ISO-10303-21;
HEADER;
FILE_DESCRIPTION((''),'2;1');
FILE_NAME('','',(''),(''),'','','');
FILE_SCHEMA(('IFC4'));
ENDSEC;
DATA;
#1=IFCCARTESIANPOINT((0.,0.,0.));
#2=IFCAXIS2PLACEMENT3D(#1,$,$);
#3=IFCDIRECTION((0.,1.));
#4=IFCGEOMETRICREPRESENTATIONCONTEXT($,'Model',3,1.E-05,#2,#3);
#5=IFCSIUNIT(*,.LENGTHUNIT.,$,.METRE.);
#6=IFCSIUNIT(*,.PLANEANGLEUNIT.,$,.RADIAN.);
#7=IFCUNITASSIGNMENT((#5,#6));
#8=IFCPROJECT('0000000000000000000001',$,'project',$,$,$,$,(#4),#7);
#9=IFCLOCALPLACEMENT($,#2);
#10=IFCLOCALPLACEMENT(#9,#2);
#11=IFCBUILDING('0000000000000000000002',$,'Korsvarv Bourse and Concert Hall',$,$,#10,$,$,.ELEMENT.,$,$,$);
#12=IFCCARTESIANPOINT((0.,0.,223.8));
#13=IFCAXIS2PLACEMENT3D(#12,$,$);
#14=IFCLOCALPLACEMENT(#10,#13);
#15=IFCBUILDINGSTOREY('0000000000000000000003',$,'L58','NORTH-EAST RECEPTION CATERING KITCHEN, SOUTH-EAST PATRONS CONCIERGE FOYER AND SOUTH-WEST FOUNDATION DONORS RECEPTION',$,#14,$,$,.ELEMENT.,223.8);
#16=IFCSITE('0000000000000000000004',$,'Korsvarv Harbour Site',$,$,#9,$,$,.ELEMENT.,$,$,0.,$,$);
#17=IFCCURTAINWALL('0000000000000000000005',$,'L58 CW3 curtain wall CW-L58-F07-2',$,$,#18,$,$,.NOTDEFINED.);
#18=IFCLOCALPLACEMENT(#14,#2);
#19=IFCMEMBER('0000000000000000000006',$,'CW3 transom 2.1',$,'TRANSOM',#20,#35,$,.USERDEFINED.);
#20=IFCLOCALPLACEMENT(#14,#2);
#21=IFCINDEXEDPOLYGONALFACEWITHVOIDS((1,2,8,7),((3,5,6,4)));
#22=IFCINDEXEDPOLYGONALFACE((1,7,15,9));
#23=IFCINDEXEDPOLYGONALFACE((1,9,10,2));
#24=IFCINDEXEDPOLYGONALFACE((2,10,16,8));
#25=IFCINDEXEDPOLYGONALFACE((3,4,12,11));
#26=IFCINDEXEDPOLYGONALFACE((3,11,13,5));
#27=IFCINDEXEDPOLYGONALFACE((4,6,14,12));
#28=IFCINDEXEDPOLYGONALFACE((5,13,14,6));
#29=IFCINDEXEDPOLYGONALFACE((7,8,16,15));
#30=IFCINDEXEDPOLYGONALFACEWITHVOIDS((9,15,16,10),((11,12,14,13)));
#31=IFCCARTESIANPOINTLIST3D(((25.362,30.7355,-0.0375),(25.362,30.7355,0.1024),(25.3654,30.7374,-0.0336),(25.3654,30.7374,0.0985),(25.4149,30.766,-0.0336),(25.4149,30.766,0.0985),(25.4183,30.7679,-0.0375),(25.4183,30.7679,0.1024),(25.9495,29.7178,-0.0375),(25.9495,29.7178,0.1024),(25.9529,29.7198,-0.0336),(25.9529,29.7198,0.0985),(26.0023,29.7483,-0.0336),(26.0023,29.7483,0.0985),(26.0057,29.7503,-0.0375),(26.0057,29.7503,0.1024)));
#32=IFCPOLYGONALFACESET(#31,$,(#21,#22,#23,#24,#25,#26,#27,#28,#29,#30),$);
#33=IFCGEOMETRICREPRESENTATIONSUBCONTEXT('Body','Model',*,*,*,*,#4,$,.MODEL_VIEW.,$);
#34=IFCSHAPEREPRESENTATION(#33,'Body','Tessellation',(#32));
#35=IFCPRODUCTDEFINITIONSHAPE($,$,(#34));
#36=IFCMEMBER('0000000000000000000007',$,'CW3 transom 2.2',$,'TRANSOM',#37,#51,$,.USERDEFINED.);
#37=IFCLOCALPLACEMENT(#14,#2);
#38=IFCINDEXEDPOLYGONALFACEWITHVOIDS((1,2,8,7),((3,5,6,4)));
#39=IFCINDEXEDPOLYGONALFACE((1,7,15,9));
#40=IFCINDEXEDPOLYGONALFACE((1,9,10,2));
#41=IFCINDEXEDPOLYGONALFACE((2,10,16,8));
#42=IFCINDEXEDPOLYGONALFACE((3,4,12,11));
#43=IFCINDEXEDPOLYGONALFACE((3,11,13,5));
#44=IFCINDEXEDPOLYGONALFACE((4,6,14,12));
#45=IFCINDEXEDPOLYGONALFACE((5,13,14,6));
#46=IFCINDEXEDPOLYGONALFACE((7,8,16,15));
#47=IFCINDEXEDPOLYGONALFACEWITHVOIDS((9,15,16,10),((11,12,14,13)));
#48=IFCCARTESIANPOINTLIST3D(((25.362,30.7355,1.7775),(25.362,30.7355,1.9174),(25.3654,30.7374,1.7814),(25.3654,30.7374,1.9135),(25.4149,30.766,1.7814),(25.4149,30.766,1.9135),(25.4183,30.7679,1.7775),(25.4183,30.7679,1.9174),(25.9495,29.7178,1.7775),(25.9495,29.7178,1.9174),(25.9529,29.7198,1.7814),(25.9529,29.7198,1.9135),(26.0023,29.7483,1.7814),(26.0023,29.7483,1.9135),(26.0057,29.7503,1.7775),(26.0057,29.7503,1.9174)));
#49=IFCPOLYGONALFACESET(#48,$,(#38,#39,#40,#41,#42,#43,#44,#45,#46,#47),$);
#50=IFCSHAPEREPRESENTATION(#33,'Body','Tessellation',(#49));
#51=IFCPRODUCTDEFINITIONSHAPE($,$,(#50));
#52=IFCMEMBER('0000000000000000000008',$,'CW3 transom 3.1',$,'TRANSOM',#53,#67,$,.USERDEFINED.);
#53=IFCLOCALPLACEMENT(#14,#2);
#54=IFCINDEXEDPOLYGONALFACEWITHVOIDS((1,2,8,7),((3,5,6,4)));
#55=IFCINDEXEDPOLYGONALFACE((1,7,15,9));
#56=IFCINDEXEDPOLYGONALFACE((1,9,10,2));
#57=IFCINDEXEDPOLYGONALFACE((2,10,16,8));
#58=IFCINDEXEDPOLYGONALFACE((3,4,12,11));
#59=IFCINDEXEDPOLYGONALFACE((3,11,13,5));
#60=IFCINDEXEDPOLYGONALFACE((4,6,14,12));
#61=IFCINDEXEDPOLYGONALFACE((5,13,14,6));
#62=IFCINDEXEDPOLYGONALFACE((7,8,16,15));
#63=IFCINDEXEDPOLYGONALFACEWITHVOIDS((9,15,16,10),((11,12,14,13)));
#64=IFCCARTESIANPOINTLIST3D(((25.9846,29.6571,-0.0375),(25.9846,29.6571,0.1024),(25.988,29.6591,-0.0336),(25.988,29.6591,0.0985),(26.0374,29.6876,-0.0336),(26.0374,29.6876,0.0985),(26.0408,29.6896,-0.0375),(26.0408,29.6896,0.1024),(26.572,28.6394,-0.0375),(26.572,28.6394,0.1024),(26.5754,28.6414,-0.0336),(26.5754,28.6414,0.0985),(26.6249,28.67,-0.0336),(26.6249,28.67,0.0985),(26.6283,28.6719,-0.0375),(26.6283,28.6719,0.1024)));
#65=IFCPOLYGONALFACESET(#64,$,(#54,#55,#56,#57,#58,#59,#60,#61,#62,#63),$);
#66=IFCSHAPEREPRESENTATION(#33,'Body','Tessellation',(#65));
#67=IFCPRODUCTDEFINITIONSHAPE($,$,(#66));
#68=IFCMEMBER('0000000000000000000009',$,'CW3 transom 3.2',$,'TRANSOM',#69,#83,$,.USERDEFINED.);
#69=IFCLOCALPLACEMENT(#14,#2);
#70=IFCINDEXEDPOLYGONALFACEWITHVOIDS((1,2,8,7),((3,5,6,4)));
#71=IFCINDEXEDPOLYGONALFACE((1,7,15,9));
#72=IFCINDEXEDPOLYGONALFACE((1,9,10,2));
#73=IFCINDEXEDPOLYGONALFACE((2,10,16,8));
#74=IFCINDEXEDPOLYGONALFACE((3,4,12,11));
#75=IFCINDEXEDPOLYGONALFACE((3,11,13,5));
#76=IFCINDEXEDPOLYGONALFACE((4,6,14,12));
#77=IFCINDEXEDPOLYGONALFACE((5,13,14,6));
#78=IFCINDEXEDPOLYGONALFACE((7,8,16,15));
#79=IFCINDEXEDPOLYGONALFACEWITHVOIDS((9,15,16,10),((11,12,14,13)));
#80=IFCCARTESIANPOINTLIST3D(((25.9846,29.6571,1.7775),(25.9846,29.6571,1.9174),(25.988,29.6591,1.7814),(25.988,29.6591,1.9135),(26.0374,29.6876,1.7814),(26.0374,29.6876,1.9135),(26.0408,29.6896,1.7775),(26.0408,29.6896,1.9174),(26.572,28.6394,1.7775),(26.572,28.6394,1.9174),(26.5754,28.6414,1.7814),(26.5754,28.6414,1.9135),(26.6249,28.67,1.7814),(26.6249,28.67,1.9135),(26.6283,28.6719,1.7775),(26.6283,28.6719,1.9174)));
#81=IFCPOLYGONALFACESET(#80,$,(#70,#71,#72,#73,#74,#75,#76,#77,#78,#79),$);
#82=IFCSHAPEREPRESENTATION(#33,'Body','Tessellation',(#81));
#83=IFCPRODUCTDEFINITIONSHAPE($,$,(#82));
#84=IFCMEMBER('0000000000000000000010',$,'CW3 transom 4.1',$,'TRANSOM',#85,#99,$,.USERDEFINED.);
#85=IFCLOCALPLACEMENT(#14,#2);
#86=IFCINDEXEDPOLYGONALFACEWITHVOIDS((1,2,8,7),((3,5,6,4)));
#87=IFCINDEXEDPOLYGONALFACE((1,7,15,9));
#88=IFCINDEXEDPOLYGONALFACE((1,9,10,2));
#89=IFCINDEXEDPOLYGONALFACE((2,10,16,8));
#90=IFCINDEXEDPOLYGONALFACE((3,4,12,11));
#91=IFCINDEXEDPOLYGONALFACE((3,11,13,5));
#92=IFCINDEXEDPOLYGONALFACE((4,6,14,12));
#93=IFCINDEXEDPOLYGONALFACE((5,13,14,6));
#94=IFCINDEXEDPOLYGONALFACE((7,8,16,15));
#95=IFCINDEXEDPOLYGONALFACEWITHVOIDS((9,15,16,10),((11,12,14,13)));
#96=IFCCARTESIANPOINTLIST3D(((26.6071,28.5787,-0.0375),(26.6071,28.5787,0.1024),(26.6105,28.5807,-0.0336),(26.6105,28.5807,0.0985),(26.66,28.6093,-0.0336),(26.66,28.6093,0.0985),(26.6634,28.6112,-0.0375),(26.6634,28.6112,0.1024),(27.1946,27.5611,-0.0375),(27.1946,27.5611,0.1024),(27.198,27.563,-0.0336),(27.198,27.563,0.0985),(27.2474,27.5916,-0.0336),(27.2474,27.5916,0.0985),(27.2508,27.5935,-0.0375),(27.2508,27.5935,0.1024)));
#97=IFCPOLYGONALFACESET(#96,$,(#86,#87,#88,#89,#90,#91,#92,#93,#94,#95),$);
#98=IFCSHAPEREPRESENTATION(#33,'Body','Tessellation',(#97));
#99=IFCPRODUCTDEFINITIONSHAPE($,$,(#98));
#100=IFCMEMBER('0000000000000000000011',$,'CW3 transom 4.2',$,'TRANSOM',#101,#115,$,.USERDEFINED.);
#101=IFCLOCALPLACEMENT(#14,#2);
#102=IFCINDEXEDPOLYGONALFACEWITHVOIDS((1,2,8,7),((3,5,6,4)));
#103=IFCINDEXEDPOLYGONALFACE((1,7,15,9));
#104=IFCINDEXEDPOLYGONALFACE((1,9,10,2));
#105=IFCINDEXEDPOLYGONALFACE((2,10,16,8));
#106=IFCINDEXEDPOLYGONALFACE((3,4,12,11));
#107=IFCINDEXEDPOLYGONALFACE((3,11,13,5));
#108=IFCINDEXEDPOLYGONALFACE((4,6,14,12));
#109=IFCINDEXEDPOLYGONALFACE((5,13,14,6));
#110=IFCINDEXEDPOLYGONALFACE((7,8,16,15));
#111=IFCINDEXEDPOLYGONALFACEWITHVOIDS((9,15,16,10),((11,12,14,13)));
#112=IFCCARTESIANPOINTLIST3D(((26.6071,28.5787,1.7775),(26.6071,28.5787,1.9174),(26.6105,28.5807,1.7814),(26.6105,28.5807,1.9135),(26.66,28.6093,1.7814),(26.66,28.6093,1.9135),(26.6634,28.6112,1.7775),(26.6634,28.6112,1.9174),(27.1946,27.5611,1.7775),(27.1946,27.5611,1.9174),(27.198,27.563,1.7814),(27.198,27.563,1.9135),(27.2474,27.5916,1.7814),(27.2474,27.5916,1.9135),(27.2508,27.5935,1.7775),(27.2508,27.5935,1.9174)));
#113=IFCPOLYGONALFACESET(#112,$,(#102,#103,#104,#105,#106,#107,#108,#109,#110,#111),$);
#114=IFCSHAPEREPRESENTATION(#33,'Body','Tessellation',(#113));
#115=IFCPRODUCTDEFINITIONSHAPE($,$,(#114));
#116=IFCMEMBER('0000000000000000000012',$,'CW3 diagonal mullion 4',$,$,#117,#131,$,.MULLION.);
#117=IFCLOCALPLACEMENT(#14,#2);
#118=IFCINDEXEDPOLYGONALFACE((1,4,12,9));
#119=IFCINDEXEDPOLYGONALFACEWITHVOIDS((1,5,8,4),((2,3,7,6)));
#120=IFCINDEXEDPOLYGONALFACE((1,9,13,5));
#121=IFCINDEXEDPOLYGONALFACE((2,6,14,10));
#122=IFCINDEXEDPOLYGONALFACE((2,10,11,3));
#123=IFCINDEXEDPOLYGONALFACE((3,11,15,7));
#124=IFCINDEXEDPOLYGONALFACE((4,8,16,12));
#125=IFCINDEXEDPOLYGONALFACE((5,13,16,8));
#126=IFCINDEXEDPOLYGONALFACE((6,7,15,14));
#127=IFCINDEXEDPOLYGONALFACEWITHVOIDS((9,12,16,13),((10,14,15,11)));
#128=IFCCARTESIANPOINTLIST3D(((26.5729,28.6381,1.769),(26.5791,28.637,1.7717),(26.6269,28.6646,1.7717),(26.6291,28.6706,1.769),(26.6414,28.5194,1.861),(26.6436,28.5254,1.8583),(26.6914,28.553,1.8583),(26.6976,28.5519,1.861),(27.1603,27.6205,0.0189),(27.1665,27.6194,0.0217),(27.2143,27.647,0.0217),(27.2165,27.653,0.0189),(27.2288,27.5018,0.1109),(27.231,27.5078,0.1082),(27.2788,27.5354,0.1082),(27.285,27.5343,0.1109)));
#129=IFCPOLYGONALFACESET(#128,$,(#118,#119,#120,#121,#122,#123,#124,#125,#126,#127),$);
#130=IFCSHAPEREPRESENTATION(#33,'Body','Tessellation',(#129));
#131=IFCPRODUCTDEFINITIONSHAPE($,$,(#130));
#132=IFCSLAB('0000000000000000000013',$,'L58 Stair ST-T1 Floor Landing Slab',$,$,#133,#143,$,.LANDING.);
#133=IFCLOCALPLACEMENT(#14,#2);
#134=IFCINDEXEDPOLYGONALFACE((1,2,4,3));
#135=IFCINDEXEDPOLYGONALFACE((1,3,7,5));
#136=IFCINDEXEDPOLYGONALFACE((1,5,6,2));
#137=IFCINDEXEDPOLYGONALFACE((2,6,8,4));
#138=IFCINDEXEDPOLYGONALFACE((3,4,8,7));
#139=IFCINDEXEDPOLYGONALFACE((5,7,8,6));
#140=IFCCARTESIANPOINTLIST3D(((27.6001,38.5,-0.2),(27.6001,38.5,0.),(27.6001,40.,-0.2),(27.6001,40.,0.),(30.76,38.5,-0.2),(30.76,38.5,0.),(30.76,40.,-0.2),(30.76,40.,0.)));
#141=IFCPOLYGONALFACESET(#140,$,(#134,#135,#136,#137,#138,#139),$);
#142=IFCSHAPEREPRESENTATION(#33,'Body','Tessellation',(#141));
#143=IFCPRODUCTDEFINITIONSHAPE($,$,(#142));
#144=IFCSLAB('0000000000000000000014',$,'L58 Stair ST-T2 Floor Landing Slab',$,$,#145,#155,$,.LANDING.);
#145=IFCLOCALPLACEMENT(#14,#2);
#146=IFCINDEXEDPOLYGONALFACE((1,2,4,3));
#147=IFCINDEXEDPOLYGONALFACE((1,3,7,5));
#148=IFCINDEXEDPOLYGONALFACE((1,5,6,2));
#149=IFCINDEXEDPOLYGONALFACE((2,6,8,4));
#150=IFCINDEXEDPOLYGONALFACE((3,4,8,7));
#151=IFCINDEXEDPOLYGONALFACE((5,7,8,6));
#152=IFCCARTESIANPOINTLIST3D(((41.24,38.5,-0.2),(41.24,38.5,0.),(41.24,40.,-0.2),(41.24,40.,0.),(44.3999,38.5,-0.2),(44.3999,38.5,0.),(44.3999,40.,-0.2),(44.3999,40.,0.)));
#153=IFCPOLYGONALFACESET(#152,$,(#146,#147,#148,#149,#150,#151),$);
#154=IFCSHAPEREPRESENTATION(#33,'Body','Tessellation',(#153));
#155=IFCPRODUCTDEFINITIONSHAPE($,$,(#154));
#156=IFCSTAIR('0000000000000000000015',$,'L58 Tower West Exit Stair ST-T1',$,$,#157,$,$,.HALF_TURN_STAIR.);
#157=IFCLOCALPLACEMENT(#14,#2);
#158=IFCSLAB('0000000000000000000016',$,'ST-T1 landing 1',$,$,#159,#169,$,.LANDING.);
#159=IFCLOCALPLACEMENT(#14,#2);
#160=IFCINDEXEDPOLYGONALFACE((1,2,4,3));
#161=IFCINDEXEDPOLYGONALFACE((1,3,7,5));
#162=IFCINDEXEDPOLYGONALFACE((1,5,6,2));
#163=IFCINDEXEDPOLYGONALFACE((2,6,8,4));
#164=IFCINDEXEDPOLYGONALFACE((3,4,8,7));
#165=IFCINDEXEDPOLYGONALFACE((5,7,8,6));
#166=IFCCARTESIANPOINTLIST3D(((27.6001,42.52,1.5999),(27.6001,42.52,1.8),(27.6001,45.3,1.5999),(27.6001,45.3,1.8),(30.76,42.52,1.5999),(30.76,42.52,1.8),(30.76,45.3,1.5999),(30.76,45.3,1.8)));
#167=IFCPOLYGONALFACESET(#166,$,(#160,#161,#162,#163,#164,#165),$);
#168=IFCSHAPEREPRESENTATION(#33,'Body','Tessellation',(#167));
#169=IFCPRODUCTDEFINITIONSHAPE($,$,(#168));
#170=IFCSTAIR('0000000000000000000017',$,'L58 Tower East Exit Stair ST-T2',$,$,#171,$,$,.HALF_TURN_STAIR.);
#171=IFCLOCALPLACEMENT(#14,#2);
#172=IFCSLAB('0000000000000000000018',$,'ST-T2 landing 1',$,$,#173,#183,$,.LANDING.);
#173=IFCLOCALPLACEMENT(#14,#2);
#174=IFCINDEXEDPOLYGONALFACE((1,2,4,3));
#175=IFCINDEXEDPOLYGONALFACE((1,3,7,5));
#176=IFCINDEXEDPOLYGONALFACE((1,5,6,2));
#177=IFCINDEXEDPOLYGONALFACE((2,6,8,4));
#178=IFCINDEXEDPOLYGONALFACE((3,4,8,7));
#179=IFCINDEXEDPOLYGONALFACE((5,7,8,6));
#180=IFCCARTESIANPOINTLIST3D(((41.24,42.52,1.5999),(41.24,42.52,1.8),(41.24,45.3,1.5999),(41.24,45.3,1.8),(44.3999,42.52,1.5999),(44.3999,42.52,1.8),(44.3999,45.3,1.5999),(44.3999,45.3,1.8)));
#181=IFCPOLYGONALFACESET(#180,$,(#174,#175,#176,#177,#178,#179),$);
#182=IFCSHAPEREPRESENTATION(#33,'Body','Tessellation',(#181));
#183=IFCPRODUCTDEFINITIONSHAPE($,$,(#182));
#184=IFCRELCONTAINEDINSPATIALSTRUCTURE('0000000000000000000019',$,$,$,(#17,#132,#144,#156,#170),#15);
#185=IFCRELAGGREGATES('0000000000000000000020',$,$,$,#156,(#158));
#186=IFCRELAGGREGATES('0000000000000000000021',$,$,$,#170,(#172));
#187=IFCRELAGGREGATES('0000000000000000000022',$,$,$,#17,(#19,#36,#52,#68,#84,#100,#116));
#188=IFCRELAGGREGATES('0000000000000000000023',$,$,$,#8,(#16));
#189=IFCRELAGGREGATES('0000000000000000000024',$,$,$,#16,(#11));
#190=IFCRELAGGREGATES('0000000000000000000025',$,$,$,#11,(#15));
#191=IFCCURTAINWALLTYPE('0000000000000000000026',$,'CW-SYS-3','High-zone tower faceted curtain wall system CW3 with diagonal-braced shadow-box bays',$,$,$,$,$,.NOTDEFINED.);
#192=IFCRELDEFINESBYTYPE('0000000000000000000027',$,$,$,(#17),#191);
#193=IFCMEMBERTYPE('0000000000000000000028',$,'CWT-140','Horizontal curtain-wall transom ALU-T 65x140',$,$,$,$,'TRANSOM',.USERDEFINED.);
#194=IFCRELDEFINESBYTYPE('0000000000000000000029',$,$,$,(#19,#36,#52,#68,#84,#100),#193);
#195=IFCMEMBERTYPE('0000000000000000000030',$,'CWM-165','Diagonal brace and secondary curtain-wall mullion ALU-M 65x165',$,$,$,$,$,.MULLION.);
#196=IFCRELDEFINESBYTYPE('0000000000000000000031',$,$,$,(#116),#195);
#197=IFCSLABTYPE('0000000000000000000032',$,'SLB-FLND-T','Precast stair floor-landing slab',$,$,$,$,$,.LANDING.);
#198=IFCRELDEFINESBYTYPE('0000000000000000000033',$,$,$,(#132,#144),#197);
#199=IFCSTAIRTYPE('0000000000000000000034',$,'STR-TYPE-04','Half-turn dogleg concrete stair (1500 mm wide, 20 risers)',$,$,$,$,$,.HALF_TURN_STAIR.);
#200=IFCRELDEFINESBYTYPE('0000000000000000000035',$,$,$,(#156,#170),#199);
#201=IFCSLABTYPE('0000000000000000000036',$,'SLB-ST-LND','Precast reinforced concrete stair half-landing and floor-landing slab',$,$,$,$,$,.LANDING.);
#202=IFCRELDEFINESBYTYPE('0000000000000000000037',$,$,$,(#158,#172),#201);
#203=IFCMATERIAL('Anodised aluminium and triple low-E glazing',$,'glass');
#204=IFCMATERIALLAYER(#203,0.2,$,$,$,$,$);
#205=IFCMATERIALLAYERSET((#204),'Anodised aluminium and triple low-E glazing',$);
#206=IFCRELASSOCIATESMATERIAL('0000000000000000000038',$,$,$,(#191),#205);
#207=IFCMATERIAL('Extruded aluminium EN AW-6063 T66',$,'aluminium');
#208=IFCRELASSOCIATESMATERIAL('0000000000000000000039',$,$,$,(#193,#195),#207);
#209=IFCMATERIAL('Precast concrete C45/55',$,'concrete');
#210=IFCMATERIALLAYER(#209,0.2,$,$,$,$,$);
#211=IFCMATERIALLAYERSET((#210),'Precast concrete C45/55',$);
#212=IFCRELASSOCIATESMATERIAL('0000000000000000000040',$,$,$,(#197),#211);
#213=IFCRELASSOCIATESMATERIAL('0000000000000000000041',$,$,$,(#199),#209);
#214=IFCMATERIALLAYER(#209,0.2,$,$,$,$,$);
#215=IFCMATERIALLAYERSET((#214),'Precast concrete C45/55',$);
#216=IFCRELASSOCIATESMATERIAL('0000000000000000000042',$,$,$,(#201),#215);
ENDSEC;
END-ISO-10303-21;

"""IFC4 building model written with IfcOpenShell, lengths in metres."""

from ifc_helpers import new_model, si_unit, direction, frame, origin, origin_2d, place, context, subcontext, project, spatial, polyline, hollow_rectangle, outline, extrude, source, transform, mapped, material, layer, layer_set, material_profile, profile_set, type_object, element, aggregate, save


model = new_model("IFC4")

# Units and contexts
model_context = context("Model", 3, precision=1e-05, world=origin(), true_north=direction((0.0, 1.0)))
body_context = subcontext(model_context, "Body", "Model", "MODEL_VIEW")
ifc_project = project(units=[si_unit("LENGTHUNIT", "METRE"), si_unit("PLANEANGLEUNIT", "RADIAN")], contexts=[model_context])

# Site, building, storey
site_placement = place(None, origin())
site = spatial("IfcSite", under=ifc_project, at=site_placement, Name="Korsvarv Harbour Site", CompositionType="ELEMENT", RefElevation=0.0)
building_placement = place(site_placement, origin())
building = spatial("IfcBuilding", under=site, at=building_placement, Name="Korsvarv Bourse and Concert Hall", CompositionType="ELEMENT")
storey_placement = place(building_placement, frame((0.0, 0.0, 223.8)))
storey = spatial("IfcBuildingStorey", under=building, at=storey_placement, Name="L58", Description="NORTH-EAST RECEPTION CATERING KITCHEN, SOUTH-EAST PATRONS CONCIERGE FOYER AND SOUTH-WEST FOUNDATION DONORS RECEPTION", CompositionType="ELEMENT", Elevation=223.8)

# Curtain wall, members
ifc_material_1 = material(Name="Anodised aluminium and triple low-E glazing", Category="glass")
ifc_layer_1 = layer(ifc_material_1, 0.2)
ifc_layer_set_1 = layer_set([ifc_layer_1], Name="Anodised aluminium and triple low-E glazing")
curtain_wall_type = type_object("IfcCurtainWallType", Name="CW-SYS-3", Description="High-zone tower faceted curtain wall system CW3 with diagonal-braced shadow-box bays", PredefinedType="NOTDEFINED", material=ifc_layer_set_1)
curtain_wall_placement = place(storey_placement, origin())
curtain_wall = element("IfcCurtainWall", 1, at=curtain_wall_placement, inside=storey, type_object=curtain_wall_type, Name="L58 CW3 curtain wall CW-L58-F07-2", PredefinedType="NOTDEFINED")
ifc_material_2 = material(Name="Extruded aluminium EN AW-6063 T66", Category="aluminium")
ifc_material_profile_1 = material_profile(ifc_material_2, hollow_rectangle(XDim=0.0649, YDim=0.1399, WallThickness=0.0039, at=origin_2d()), Name="ALU-T 65x140")
ifc_profile_set_1 = profile_set([ifc_material_profile_1], Name="Extruded aluminium EN AW-6063 T66")
member_type_1 = type_object("IfcMemberType", Name="CWT-140", Description="Horizontal curtain-wall transom ALU-T 65x140", ElementType="TRANSOM", PredefinedType="USERDEFINED", material=ifc_profile_set_1)
ifc_material_profile_2 = material_profile(ifc_material_2, hollow_rectangle(XDim=0.0649, YDim=0.165, WallThickness=0.0049, at=origin_2d()), Name="ALU-M 65x165")
ifc_profile_set_2 = profile_set([ifc_material_profile_2], Name="Extruded aluminium EN AW-6063 T66")
member_type_2 = type_object("IfcMemberType", Name="CWM-165", Description="Diagonal brace and secondary curtain-wall mullion ALU-M 65x165", PredefinedType="MULLION", material=ifc_profile_set_2)
shared_shape_1 = source(origin(), body_context, "Body", "SweptSolid", [
    extrude(hollow_rectangle(XDim=0.0649, YDim=0.1399, WallThickness=0.0039, at=origin_2d()), origin(), (0.0, 0.0, 1.0), 1.175),
])
member_1_placement = place(storey_placement, frame((25.3901, 30.7517, 0.0325), z_axis=(0.499938, -0.866061, 0.0), x_axis=(0.866061, 0.499938, 0.0)))
member_1 = element("IfcMember", 2, at=member_1_placement, type_object=member_type_1, Name="CW3 transom 2.1", ObjectType="TRANSOM", PredefinedType="USERDEFINED", context=body_context, shape_type="MappedRepresentation", body=[
    mapped(shared_shape_1, transform((0.0, 0.0, 0.0), scale=1.0)),
])
member_2_placement = place(storey_placement, frame((25.3901, 30.7517, 1.8474), z_axis=(0.499938, -0.866061, 0.0), x_axis=(0.866061, 0.499938, 0.0)))
member_2 = element("IfcMember", 3, at=member_2_placement, type_object=member_type_1, Name="CW3 transom 2.2", ObjectType="TRANSOM", PredefinedType="USERDEFINED", context=body_context, shape_type="MappedRepresentation", body=[
    mapped(shared_shape_1, transform((0.0, 0.0, 0.0), scale=1.0)),
])
member_3_placement = place(storey_placement, frame((26.0127, 29.6733, 0.0325), z_axis=(0.499938, -0.866061, 0.0), x_axis=(0.866061, 0.499938, 0.0)))
member_3 = element("IfcMember", 4, at=member_3_placement, type_object=member_type_1, Name="CW3 transom 3.1", ObjectType="TRANSOM", PredefinedType="USERDEFINED", context=body_context, shape_type="MappedRepresentation", body=[
    mapped(shared_shape_1, transform((0.0, 0.0, 0.0), scale=1.0)),
])
member_4_placement = place(storey_placement, frame((26.0127, 29.6733, 1.8474), z_axis=(0.499938, -0.866061, 0.0), x_axis=(0.866061, 0.499938, 0.0)))
member_4 = element("IfcMember", 5, at=member_4_placement, type_object=member_type_1, Name="CW3 transom 3.2", ObjectType="TRANSOM", PredefinedType="USERDEFINED", context=body_context, shape_type="MappedRepresentation", body=[
    mapped(shared_shape_1, transform((0.0, 0.0, 0.0), scale=1.0)),
])
member_5_placement = place(storey_placement, frame((26.6353, 28.595, 0.0325), z_axis=(0.499938, -0.866061, 0.0), x_axis=(0.866061, 0.499938, 0.0)))
member_5 = element("IfcMember", 6, at=member_5_placement, type_object=member_type_1, Name="CW3 transom 4.1", ObjectType="TRANSOM", PredefinedType="USERDEFINED", context=body_context, shape_type="MappedRepresentation", body=[
    mapped(shared_shape_1, transform((0.0, 0.0, 0.0), scale=1.0)),
])
member_6_placement = place(storey_placement, frame((26.6353, 28.595, 1.8474), z_axis=(0.499938, -0.866061, 0.0), x_axis=(0.866061, 0.499938, 0.0)))
member_6 = element("IfcMember", 7, at=member_6_placement, type_object=member_type_1, Name="CW3 transom 4.2", ObjectType="TRANSOM", PredefinedType="USERDEFINED", context=body_context, shape_type="MappedRepresentation", body=[
    mapped(shared_shape_1, transform((0.0, 0.0, 0.0), scale=1.0)),
])
shared_shape_2 = source(origin(), body_context, "Body", "SweptSolid", [
    extrude(hollow_rectangle(XDim=0.0649, YDim=0.165, WallThickness=0.0049, at=origin_2d()), origin(), (0.0, 0.0, 1.0), 2.1079),
])
member_7_placement = place(storey_placement, frame((27.2227, 27.5774, 0.0649), z_axis=(-0.278674, 0.482758, 0.830232), x_axis=(-0.866061, -0.499938, 0.0)))
member_7 = element("IfcMember", 8, at=member_7_placement, type_object=member_type_2, Name="CW3 diagonal mullion 4", PredefinedType="MULLION", context=body_context, shape_type="MappedRepresentation", body=[
    mapped(shared_shape_2, transform((0.0, 0.0, 0.0), scale=1.0)),
])

# Slabs
ifc_material_3 = material(Name="Precast concrete C45/55", Category="concrete")
ifc_layer_2 = layer(ifc_material_3, 0.2)
ifc_layer_set_2 = layer_set([ifc_layer_2], Name="Precast concrete C45/55")
slab_type_1 = type_object("IfcSlabType", Name="SLB-FLND-T", Description="Precast stair floor-landing slab", PredefinedType="LANDING", material=ifc_layer_set_2)
slab_1_placement = place(storey_placement, frame((0.0, 0.0, -0.2)))
element("IfcSlab", 9, at=slab_1_placement, inside=storey, type_object=slab_type_1, Name="L58 Stair ST-T1 Floor Landing Slab", PredefinedType="LANDING", context=body_context, shape_type="SweptSolid", body=[
    extrude(outline(polyline([(30.76, 38.5), (30.76, 40.0), (27.6001, 40.0), (27.6001, 38.5), (30.76, 38.5)])), origin(), (0.0, 0.0, 1.0), 0.2),
])
slab_2_placement = place(storey_placement, frame((0.0, 0.0, -0.2)))
element("IfcSlab", 10, at=slab_2_placement, inside=storey, type_object=slab_type_1, Name="L58 Stair ST-T2 Floor Landing Slab", PredefinedType="LANDING", context=body_context, shape_type="SweptSolid", body=[
    extrude(outline(polyline([(44.3999, 38.5), (44.3999, 40.0), (41.24, 40.0), (41.24, 38.5), (44.3999, 38.5)])), origin(), (0.0, 0.0, 1.0), 0.2),
])

# Stairs, slabs
stair_type = type_object("IfcStairType", Name="STR-TYPE-04", Description="Half-turn dogleg concrete stair (1500 mm wide, 20 risers)", PredefinedType="HALF_TURN_STAIR", material=ifc_material_3)
stair_1_placement = place(storey_placement, origin())
stair_1 = element("IfcStair", 11, at=stair_1_placement, inside=storey, type_object=stair_type, Name="L58 Tower West Exit Stair ST-T1", PredefinedType="HALF_TURN_STAIR")
ifc_layer_3 = layer(ifc_material_3, 0.2)
ifc_layer_set_3 = layer_set([ifc_layer_3], Name="Precast concrete C45/55")
slab_type_2 = type_object("IfcSlabType", Name="SLB-ST-LND", Description="Precast reinforced concrete stair half-landing and floor-landing slab", PredefinedType="LANDING", material=ifc_layer_set_3)
slab_3_placement = place(storey_placement, frame((0.0, 0.0, 1.5999)))
slab_3 = element("IfcSlab", 12, at=slab_3_placement, type_object=slab_type_2, Name="ST-T1 landing 1", PredefinedType="LANDING", context=body_context, shape_type="SweptSolid", body=[
    extrude(outline(polyline([(30.76, 42.52), (30.76, 45.3), (27.6001, 45.3), (27.6001, 42.52), (30.76, 42.52)])), origin(), (0.0, 0.0, 1.0), 0.2002),
])
aggregate(stair_1, [slab_3])
stair_2_placement = place(storey_placement, origin())
stair_2 = element("IfcStair", 13, at=stair_2_placement, inside=storey, type_object=stair_type, Name="L58 Tower East Exit Stair ST-T2", PredefinedType="HALF_TURN_STAIR")
slab_4_placement = place(storey_placement, frame((0.0, 0.0, 1.5999)))
slab_4 = element("IfcSlab", 14, at=slab_4_placement, type_object=slab_type_2, Name="ST-T2 landing 1", PredefinedType="LANDING", context=body_context, shape_type="SweptSolid", body=[
    extrude(outline(polyline([(44.3999, 42.52), (44.3999, 45.3), (41.24, 45.3), (41.24, 42.52), (44.3999, 42.52)])), origin(), (0.0, 0.0, 1.0), 0.2002),
])
aggregate(stair_2, [slab_4])

aggregate(curtain_wall, [member_1, member_2, member_3, member_4, member_5, member_6, member_7])

save(model, "model.ifc")
